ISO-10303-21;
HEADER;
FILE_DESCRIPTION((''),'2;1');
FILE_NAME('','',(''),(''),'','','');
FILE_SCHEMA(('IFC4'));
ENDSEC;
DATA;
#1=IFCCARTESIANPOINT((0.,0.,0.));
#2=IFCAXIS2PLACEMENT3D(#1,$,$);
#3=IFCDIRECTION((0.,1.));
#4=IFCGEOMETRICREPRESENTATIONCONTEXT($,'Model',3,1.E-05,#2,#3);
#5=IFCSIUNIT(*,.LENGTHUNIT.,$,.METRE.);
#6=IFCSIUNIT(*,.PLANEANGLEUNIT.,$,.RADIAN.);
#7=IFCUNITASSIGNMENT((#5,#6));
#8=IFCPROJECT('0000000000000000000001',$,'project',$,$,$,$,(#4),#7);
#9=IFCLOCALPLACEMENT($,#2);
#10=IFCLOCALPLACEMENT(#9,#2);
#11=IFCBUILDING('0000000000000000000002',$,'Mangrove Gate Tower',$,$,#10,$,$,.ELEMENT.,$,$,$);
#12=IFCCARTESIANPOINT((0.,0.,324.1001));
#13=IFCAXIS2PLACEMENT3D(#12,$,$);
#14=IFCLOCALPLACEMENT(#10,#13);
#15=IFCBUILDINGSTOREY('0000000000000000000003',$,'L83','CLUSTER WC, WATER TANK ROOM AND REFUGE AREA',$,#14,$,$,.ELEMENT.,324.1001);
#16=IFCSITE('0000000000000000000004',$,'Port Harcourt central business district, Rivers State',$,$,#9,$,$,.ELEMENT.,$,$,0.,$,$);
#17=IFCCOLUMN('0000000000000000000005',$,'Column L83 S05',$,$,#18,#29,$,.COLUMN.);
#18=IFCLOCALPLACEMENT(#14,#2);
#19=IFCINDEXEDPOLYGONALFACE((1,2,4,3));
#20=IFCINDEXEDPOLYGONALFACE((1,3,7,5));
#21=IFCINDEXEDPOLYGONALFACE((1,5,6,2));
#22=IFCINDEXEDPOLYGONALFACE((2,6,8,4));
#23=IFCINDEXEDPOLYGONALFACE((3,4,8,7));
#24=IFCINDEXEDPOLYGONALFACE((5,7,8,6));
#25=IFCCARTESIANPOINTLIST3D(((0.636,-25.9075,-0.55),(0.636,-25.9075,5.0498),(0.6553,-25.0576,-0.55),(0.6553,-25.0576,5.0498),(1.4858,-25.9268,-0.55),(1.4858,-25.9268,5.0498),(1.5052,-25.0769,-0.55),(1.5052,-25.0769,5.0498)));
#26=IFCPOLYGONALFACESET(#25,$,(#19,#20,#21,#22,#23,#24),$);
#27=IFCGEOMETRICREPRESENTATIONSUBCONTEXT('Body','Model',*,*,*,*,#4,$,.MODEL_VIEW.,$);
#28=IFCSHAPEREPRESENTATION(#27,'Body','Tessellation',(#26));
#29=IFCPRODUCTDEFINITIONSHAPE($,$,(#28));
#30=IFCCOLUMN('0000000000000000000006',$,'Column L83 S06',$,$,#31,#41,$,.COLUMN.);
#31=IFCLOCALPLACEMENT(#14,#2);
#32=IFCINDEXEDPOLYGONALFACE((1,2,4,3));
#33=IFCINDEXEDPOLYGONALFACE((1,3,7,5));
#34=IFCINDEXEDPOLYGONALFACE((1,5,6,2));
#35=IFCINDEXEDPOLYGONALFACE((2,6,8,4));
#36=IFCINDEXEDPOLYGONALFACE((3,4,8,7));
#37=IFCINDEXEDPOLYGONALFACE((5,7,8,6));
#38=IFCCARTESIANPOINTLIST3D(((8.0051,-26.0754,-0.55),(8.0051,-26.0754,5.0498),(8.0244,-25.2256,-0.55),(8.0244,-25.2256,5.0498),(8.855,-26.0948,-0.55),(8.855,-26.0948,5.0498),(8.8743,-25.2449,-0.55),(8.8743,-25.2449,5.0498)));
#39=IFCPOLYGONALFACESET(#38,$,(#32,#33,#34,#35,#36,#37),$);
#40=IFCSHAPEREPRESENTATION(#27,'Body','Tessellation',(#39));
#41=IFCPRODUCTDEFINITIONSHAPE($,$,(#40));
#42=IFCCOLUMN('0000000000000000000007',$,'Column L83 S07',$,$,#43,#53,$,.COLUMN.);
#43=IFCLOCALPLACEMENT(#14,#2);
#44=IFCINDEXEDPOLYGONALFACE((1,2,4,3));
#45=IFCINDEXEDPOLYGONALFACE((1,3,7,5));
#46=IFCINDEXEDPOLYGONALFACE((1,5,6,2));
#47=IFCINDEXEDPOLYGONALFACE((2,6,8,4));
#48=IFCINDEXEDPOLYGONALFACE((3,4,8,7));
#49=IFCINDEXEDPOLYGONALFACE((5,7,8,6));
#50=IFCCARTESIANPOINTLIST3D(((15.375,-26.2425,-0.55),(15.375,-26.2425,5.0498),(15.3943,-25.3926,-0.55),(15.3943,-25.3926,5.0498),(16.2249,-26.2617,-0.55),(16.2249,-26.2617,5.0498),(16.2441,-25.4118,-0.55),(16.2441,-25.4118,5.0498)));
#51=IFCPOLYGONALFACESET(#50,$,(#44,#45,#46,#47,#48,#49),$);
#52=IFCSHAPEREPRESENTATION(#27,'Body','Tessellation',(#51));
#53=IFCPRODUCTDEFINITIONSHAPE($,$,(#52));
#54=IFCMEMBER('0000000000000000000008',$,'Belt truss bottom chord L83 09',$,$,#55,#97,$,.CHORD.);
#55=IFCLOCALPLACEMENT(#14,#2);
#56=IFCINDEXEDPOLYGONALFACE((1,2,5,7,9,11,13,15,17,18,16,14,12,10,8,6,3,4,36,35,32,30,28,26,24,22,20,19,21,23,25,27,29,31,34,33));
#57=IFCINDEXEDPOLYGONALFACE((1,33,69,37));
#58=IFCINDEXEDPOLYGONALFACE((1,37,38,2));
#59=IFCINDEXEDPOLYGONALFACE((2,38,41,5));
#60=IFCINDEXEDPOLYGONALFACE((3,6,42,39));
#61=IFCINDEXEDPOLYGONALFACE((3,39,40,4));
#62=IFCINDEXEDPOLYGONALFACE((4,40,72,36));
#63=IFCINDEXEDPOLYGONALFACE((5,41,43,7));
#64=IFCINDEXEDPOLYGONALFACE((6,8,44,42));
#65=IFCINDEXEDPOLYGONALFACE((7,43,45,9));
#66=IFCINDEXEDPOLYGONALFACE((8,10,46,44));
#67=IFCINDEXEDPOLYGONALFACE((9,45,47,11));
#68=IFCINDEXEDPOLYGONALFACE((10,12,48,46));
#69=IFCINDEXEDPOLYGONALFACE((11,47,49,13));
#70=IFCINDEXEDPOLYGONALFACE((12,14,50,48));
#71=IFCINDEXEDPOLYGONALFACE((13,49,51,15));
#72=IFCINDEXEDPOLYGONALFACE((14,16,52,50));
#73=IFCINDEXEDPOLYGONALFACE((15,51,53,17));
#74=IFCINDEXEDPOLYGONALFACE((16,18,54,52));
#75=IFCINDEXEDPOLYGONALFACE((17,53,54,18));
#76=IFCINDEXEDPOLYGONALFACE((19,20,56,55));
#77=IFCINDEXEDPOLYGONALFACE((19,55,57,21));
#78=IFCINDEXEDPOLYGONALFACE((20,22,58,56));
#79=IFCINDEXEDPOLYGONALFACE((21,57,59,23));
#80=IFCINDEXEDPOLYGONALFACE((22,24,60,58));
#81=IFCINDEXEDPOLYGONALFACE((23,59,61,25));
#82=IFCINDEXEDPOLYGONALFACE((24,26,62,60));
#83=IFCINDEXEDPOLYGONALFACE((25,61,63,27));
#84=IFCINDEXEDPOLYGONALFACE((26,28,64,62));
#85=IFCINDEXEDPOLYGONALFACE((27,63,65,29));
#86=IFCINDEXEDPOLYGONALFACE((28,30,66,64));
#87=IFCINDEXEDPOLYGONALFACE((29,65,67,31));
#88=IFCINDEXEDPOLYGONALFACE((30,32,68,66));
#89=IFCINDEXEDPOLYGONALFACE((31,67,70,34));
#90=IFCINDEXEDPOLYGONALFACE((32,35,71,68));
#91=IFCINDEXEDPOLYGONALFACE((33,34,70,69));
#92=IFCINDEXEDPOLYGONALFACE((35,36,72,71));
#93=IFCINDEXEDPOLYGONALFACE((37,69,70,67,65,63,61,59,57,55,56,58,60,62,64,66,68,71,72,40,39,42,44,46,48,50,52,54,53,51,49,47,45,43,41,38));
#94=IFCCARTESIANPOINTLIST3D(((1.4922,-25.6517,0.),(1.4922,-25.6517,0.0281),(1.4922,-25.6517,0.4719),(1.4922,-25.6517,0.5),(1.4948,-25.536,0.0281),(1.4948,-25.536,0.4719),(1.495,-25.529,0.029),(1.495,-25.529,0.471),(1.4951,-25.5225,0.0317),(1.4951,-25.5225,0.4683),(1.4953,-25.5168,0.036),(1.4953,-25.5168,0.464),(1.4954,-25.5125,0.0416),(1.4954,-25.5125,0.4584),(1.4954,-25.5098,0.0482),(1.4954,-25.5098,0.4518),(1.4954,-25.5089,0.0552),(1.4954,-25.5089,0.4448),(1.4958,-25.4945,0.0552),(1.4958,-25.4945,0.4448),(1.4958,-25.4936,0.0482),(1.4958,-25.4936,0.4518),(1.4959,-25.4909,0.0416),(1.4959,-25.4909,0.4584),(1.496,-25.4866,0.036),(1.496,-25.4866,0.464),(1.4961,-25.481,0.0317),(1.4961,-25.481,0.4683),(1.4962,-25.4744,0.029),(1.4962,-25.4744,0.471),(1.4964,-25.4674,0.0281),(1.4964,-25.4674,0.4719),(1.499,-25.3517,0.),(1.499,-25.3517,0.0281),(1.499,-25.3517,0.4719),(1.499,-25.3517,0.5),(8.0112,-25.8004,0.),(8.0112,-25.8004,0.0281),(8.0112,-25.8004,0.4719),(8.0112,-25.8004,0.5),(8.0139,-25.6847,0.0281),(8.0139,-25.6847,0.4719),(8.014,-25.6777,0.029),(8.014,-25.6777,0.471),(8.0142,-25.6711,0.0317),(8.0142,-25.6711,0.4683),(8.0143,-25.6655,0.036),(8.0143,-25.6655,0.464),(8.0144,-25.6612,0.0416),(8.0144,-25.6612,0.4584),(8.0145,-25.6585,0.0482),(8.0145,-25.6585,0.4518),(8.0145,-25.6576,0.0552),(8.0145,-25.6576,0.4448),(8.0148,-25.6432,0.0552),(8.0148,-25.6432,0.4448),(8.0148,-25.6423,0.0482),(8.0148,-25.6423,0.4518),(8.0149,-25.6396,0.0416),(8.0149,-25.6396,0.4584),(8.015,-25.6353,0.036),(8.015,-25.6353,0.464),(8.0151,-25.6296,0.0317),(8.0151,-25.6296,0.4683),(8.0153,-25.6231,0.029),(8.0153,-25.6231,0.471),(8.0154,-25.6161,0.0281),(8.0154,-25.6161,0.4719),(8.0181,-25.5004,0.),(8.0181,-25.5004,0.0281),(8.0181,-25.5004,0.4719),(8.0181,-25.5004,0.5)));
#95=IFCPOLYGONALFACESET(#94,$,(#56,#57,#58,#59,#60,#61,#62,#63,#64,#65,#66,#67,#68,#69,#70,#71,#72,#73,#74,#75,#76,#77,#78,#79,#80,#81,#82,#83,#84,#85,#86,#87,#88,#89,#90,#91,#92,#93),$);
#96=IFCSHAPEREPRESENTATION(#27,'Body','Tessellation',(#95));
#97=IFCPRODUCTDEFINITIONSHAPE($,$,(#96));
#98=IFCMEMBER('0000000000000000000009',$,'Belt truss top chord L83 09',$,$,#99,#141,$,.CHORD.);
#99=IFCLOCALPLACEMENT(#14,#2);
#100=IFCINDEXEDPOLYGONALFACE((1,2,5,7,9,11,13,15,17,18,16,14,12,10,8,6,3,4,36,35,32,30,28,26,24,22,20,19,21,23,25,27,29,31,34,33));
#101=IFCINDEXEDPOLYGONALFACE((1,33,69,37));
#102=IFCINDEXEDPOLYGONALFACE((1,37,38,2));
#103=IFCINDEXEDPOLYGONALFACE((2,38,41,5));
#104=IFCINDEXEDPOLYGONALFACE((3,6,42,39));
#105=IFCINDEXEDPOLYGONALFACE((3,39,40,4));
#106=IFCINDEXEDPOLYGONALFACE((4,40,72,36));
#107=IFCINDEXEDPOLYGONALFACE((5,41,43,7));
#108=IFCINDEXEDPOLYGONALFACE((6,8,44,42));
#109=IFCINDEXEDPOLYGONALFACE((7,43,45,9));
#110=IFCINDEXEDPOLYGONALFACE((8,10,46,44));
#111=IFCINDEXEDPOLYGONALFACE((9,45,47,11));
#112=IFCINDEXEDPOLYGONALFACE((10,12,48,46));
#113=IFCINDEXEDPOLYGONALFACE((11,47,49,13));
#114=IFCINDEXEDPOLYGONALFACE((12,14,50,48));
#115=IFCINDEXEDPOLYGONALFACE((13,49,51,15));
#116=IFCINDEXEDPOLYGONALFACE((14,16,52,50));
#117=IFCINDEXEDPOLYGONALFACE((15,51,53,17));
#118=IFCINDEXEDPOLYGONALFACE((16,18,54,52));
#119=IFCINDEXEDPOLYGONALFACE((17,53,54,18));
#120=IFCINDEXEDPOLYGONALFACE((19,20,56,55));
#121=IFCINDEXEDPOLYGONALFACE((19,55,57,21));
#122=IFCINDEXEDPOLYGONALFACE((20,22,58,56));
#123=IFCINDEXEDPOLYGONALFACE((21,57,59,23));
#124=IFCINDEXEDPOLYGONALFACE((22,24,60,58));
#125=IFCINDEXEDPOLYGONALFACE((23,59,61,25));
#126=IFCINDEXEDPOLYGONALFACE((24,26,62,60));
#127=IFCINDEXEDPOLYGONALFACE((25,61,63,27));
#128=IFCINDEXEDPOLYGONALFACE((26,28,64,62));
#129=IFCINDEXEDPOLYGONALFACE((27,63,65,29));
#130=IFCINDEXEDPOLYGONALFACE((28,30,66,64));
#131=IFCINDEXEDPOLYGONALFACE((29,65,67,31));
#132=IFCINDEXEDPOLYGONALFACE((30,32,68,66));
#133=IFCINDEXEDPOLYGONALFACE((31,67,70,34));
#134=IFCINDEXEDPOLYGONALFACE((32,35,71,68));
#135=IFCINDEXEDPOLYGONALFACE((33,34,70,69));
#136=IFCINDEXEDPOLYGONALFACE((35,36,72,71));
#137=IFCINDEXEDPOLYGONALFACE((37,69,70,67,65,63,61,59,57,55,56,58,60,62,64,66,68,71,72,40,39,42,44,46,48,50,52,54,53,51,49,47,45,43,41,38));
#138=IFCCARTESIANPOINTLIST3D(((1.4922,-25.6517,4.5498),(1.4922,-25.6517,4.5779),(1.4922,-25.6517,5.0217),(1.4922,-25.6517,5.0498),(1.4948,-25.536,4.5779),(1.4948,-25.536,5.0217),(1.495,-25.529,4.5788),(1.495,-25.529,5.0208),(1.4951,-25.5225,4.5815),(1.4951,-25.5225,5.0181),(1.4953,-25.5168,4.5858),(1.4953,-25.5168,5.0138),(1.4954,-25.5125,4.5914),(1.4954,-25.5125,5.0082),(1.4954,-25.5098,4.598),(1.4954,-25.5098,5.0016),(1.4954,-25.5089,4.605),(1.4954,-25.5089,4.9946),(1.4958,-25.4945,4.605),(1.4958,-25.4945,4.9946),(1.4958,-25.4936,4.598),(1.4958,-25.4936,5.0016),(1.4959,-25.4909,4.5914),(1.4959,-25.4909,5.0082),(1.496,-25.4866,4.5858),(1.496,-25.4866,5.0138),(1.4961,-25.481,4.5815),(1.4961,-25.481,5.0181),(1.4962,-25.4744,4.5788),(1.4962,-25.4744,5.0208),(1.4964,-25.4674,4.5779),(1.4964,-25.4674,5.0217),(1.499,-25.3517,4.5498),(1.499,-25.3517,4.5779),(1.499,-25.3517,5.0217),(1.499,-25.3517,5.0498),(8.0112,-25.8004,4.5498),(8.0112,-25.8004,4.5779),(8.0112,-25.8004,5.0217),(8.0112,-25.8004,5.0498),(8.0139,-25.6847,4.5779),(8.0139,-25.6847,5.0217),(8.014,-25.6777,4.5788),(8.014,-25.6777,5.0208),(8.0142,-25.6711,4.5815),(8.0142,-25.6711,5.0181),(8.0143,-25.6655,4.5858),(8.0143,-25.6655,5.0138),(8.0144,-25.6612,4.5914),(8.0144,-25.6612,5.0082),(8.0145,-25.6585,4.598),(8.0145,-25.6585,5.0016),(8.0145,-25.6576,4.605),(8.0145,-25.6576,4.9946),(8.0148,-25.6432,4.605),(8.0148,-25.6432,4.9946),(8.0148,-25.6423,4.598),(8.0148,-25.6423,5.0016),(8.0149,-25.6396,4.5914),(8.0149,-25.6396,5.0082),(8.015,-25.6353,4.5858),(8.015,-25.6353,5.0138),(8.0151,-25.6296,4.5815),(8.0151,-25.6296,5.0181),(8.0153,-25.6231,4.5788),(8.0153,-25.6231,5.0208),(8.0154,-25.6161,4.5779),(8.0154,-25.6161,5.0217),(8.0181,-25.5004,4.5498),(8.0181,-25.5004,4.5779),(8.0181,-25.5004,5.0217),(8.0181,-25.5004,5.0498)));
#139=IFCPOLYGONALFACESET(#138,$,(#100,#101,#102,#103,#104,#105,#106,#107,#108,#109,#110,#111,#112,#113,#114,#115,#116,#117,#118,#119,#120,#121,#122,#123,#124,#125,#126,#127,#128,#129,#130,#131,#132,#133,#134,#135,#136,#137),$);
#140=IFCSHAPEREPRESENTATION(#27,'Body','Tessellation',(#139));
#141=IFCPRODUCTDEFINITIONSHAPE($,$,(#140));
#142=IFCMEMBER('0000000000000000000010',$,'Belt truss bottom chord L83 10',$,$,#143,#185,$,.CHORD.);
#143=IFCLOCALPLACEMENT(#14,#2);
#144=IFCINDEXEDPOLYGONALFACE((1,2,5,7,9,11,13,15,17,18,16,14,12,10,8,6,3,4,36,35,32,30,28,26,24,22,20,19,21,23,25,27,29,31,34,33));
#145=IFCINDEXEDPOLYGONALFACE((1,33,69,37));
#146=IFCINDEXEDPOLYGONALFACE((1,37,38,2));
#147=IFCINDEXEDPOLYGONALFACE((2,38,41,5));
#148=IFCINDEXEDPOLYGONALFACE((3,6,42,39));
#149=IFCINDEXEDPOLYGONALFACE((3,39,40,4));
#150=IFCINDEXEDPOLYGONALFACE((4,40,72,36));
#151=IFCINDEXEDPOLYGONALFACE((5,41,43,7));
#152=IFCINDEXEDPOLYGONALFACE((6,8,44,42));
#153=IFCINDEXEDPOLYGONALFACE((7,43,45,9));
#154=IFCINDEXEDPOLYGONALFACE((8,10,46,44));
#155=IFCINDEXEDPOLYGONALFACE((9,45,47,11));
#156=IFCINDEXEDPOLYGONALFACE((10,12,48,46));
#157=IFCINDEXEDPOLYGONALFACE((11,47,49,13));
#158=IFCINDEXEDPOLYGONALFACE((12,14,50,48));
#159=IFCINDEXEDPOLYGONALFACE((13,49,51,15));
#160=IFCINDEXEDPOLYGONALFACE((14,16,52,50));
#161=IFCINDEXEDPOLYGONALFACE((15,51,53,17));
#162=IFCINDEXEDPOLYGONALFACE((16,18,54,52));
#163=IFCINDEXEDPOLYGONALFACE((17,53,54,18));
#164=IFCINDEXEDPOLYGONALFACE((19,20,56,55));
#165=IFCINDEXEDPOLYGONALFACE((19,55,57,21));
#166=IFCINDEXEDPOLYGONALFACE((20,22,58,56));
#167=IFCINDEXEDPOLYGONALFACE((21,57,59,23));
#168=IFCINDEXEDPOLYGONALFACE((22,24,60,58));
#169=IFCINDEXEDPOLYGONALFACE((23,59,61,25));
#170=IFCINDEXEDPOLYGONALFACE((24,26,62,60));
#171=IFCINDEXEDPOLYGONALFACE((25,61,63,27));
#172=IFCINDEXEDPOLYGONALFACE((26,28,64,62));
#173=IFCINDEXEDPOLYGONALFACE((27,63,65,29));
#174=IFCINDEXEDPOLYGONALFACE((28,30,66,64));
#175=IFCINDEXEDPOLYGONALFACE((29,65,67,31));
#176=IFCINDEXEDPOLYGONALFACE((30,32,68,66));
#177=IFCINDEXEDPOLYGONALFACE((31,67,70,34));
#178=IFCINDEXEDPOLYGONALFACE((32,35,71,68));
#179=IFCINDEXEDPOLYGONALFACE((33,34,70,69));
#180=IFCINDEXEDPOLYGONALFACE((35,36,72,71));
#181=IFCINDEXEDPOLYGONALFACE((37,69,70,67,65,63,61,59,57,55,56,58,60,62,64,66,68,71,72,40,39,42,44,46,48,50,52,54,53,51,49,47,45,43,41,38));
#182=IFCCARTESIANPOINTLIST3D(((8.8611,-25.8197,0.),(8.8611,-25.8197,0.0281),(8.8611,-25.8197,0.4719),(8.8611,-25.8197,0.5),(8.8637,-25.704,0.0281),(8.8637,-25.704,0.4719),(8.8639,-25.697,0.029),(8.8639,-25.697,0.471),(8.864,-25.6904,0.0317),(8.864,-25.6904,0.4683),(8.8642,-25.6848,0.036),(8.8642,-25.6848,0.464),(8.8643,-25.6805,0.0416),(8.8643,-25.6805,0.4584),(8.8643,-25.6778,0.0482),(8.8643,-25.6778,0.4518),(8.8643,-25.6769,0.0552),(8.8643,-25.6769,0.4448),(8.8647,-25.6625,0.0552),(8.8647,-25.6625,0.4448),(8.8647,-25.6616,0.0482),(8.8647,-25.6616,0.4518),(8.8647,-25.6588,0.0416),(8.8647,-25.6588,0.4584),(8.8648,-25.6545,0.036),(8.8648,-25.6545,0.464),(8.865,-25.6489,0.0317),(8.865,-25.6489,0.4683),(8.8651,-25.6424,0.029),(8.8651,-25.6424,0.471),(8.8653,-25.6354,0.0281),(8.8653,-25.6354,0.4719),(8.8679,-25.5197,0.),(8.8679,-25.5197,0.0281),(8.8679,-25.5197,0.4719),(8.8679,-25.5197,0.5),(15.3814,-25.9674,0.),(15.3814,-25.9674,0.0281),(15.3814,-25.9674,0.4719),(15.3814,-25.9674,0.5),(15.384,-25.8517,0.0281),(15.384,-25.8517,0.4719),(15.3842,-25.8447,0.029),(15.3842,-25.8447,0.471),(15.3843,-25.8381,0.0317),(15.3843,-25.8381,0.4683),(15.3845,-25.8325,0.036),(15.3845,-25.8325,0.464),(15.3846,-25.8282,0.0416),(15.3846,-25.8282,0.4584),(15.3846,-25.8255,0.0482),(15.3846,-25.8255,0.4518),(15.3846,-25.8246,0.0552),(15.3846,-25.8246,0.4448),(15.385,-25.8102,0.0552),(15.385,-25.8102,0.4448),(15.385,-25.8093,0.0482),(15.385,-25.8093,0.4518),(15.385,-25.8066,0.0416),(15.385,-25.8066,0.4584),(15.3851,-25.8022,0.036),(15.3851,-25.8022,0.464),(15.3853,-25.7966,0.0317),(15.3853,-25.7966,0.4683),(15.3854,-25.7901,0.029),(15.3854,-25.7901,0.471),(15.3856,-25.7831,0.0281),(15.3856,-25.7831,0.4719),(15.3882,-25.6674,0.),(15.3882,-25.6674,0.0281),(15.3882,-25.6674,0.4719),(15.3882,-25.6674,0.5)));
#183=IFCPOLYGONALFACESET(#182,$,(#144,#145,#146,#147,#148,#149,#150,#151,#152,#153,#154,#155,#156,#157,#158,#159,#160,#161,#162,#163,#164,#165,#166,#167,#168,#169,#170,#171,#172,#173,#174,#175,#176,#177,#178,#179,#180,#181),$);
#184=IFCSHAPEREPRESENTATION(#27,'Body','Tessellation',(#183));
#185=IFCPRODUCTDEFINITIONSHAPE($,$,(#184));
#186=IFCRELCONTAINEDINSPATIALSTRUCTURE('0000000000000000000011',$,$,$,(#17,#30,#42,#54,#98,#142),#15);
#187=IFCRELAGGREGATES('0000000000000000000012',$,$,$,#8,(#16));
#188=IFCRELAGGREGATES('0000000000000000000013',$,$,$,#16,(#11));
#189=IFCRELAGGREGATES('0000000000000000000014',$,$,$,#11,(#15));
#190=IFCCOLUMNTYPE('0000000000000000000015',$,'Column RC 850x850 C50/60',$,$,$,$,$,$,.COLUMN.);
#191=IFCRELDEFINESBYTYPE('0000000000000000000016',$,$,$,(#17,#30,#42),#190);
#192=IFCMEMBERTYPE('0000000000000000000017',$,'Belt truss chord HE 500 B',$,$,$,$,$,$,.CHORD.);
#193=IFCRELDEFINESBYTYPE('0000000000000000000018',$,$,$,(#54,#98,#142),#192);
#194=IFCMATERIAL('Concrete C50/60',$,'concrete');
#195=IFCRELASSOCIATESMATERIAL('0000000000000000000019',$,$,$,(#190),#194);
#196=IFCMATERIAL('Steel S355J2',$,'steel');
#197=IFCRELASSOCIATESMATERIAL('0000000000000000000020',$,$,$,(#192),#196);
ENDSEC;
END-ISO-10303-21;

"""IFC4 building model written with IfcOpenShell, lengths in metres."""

from ifc_helpers import new_model, si_unit, direction, frame, origin, origin_2d, place, context, subcontext, project, spatial, rectangle, i_section, extrude, material, material_profile, profile_set, type_object, element, save


model = new_model("IFC4")

# Units and contexts
model_context = context("Model", 3, precision=1e-05, world=origin(), true_north=direction((0.0, 1.0)))
body_context = subcontext(model_context, "Body", "Model", "MODEL_VIEW")
ifc_project = project(units=[si_unit("LENGTHUNIT", "METRE"), si_unit("PLANEANGLEUNIT", "RADIAN")], contexts=[model_context])

# Site, building, storey
site_placement = place(None, origin())
site = spatial("IfcSite", under=ifc_project, at=site_placement, Name="Port Harcourt central business district, Rivers State", CompositionType="ELEMENT", RefElevation=0.0)
building_placement = place(site_placement, origin())
building = spatial("IfcBuilding", under=site, at=building_placement, Name="Mangrove Gate Tower", CompositionType="ELEMENT")
storey_placement = place(building_placement, frame((0.0, 0.0, 324.1001)))
storey = spatial("IfcBuildingStorey", under=building, at=storey_placement, Name="L83", Description="CLUSTER WC, WATER TANK ROOM AND REFUGE AREA", CompositionType="ELEMENT", Elevation=324.1001)

# Columns
ifc_material_1 = material(Name="Concrete C50/60", Category="concrete")
ifc_material_profile_1 = material_profile(ifc_material_1, rectangle(XDim=0.8501, YDim=0.8501, at=origin_2d()))
ifc_profile_set_1 = profile_set([ifc_material_profile_1], Name="Concrete C50/60")
column_type = type_object("IfcColumnType", Name="Column RC 850x850 C50/60", PredefinedType="COLUMN", material=ifc_profile_set_1)
for number, where, z_axis, x_axis, name in (
    (1, (1.0706, -25.4922, -0.55), (0.0, 0.0, 1.0), (0.999742, -0.022723, 0.0), "Column L83 S05"),
    (2, (8.4397, -25.6602, -0.55), (0.0, 0.0, 1.0), (0.999742, -0.022723, 0.0), "Column L83 S06"),
    (3, (15.8096, -25.8271, -0.55), (0.0, 0.0, 1.0), (0.999743, -0.022654, 0.0), "Column L83 S07"),
):
    element("IfcColumn", number, at=place(storey_placement, frame(where, z_axis=z_axis, x_axis=x_axis)), inside=storey, type_object=column_type, Name=name, PredefinedType="COLUMN", context=body_context, shape_type="SweptSolid", body=[
        extrude(rectangle(XDim=0.8501, YDim=0.8501, at=origin_2d()), origin(), (0.0, 0.0, 1.0), 5.5999),
    ])

# Members
ifc_material_2 = material(Name="Steel S355J2", Category="steel")
ifc_material_profile_2 = material_profile(ifc_material_2, i_section(OverallWidth=0.3, OverallDepth=0.5, WebThickness=0.0144, FlangeThickness=0.0281, FilletRadius=0.0271, at=origin_2d()))
ifc_profile_set_2 = profile_set([ifc_material_profile_2], Name="Steel S355J2")
member_type_1 = type_object("IfcMemberType", Name="Belt truss chord HE 500 B", PredefinedType="CHORD", material=ifc_profile_set_2)
for number, where, z_axis, x_axis, name in (
    (4, (1.4956, -25.5017, 0.25), (0.99974, -0.022801, 0.0), (0.022801, 0.99974, 0.0), "Belt truss bottom chord L83 09"),
    (5, (1.4956, -25.5017, 4.7998), (0.99974, -0.022801, 0.0), (0.022801, 0.99974, 0.0), "Belt truss top chord L83 09"),
):
    element("IfcMember", number, at=place(storey_placement, frame(where, z_axis=z_axis, x_axis=x_axis)), inside=storey, type_object=member_type_1, Name=name, PredefinedType="CHORD", context=body_context, shape_type="SweptSolid", body=[
        extrude(i_section(OverallWidth=0.3, OverallDepth=0.5, WebThickness=0.0144, FlangeThickness=0.0281, FilletRadius=0.0271, at=origin_2d()), origin(), (0.0, 0.0, 1.0), 6.5208),
    ])
for number, where, z_axis, x_axis, name in (
    (6, (8.8645, -25.6697, 0.25), (0.999744, -0.022647, 0.0), (0.022647, 0.999744, 0.0), "Belt truss bottom chord L83 10"),
):
    element("IfcMember", number, at=place(storey_placement, frame(where, z_axis=z_axis, x_axis=x_axis)), inside=storey, type_object=member_type_1, Name=name, PredefinedType="CHORD", context=body_context, shape_type="SweptSolid", body=[
        extrude(i_section(OverallWidth=0.3, OverallDepth=0.5, WebThickness=0.0144, FlangeThickness=0.0281, FilletRadius=0.0271, at=origin_2d()), origin(), (0.0, 0.0, 1.0), 6.522),
    ])

save(model, "model.ifc")
